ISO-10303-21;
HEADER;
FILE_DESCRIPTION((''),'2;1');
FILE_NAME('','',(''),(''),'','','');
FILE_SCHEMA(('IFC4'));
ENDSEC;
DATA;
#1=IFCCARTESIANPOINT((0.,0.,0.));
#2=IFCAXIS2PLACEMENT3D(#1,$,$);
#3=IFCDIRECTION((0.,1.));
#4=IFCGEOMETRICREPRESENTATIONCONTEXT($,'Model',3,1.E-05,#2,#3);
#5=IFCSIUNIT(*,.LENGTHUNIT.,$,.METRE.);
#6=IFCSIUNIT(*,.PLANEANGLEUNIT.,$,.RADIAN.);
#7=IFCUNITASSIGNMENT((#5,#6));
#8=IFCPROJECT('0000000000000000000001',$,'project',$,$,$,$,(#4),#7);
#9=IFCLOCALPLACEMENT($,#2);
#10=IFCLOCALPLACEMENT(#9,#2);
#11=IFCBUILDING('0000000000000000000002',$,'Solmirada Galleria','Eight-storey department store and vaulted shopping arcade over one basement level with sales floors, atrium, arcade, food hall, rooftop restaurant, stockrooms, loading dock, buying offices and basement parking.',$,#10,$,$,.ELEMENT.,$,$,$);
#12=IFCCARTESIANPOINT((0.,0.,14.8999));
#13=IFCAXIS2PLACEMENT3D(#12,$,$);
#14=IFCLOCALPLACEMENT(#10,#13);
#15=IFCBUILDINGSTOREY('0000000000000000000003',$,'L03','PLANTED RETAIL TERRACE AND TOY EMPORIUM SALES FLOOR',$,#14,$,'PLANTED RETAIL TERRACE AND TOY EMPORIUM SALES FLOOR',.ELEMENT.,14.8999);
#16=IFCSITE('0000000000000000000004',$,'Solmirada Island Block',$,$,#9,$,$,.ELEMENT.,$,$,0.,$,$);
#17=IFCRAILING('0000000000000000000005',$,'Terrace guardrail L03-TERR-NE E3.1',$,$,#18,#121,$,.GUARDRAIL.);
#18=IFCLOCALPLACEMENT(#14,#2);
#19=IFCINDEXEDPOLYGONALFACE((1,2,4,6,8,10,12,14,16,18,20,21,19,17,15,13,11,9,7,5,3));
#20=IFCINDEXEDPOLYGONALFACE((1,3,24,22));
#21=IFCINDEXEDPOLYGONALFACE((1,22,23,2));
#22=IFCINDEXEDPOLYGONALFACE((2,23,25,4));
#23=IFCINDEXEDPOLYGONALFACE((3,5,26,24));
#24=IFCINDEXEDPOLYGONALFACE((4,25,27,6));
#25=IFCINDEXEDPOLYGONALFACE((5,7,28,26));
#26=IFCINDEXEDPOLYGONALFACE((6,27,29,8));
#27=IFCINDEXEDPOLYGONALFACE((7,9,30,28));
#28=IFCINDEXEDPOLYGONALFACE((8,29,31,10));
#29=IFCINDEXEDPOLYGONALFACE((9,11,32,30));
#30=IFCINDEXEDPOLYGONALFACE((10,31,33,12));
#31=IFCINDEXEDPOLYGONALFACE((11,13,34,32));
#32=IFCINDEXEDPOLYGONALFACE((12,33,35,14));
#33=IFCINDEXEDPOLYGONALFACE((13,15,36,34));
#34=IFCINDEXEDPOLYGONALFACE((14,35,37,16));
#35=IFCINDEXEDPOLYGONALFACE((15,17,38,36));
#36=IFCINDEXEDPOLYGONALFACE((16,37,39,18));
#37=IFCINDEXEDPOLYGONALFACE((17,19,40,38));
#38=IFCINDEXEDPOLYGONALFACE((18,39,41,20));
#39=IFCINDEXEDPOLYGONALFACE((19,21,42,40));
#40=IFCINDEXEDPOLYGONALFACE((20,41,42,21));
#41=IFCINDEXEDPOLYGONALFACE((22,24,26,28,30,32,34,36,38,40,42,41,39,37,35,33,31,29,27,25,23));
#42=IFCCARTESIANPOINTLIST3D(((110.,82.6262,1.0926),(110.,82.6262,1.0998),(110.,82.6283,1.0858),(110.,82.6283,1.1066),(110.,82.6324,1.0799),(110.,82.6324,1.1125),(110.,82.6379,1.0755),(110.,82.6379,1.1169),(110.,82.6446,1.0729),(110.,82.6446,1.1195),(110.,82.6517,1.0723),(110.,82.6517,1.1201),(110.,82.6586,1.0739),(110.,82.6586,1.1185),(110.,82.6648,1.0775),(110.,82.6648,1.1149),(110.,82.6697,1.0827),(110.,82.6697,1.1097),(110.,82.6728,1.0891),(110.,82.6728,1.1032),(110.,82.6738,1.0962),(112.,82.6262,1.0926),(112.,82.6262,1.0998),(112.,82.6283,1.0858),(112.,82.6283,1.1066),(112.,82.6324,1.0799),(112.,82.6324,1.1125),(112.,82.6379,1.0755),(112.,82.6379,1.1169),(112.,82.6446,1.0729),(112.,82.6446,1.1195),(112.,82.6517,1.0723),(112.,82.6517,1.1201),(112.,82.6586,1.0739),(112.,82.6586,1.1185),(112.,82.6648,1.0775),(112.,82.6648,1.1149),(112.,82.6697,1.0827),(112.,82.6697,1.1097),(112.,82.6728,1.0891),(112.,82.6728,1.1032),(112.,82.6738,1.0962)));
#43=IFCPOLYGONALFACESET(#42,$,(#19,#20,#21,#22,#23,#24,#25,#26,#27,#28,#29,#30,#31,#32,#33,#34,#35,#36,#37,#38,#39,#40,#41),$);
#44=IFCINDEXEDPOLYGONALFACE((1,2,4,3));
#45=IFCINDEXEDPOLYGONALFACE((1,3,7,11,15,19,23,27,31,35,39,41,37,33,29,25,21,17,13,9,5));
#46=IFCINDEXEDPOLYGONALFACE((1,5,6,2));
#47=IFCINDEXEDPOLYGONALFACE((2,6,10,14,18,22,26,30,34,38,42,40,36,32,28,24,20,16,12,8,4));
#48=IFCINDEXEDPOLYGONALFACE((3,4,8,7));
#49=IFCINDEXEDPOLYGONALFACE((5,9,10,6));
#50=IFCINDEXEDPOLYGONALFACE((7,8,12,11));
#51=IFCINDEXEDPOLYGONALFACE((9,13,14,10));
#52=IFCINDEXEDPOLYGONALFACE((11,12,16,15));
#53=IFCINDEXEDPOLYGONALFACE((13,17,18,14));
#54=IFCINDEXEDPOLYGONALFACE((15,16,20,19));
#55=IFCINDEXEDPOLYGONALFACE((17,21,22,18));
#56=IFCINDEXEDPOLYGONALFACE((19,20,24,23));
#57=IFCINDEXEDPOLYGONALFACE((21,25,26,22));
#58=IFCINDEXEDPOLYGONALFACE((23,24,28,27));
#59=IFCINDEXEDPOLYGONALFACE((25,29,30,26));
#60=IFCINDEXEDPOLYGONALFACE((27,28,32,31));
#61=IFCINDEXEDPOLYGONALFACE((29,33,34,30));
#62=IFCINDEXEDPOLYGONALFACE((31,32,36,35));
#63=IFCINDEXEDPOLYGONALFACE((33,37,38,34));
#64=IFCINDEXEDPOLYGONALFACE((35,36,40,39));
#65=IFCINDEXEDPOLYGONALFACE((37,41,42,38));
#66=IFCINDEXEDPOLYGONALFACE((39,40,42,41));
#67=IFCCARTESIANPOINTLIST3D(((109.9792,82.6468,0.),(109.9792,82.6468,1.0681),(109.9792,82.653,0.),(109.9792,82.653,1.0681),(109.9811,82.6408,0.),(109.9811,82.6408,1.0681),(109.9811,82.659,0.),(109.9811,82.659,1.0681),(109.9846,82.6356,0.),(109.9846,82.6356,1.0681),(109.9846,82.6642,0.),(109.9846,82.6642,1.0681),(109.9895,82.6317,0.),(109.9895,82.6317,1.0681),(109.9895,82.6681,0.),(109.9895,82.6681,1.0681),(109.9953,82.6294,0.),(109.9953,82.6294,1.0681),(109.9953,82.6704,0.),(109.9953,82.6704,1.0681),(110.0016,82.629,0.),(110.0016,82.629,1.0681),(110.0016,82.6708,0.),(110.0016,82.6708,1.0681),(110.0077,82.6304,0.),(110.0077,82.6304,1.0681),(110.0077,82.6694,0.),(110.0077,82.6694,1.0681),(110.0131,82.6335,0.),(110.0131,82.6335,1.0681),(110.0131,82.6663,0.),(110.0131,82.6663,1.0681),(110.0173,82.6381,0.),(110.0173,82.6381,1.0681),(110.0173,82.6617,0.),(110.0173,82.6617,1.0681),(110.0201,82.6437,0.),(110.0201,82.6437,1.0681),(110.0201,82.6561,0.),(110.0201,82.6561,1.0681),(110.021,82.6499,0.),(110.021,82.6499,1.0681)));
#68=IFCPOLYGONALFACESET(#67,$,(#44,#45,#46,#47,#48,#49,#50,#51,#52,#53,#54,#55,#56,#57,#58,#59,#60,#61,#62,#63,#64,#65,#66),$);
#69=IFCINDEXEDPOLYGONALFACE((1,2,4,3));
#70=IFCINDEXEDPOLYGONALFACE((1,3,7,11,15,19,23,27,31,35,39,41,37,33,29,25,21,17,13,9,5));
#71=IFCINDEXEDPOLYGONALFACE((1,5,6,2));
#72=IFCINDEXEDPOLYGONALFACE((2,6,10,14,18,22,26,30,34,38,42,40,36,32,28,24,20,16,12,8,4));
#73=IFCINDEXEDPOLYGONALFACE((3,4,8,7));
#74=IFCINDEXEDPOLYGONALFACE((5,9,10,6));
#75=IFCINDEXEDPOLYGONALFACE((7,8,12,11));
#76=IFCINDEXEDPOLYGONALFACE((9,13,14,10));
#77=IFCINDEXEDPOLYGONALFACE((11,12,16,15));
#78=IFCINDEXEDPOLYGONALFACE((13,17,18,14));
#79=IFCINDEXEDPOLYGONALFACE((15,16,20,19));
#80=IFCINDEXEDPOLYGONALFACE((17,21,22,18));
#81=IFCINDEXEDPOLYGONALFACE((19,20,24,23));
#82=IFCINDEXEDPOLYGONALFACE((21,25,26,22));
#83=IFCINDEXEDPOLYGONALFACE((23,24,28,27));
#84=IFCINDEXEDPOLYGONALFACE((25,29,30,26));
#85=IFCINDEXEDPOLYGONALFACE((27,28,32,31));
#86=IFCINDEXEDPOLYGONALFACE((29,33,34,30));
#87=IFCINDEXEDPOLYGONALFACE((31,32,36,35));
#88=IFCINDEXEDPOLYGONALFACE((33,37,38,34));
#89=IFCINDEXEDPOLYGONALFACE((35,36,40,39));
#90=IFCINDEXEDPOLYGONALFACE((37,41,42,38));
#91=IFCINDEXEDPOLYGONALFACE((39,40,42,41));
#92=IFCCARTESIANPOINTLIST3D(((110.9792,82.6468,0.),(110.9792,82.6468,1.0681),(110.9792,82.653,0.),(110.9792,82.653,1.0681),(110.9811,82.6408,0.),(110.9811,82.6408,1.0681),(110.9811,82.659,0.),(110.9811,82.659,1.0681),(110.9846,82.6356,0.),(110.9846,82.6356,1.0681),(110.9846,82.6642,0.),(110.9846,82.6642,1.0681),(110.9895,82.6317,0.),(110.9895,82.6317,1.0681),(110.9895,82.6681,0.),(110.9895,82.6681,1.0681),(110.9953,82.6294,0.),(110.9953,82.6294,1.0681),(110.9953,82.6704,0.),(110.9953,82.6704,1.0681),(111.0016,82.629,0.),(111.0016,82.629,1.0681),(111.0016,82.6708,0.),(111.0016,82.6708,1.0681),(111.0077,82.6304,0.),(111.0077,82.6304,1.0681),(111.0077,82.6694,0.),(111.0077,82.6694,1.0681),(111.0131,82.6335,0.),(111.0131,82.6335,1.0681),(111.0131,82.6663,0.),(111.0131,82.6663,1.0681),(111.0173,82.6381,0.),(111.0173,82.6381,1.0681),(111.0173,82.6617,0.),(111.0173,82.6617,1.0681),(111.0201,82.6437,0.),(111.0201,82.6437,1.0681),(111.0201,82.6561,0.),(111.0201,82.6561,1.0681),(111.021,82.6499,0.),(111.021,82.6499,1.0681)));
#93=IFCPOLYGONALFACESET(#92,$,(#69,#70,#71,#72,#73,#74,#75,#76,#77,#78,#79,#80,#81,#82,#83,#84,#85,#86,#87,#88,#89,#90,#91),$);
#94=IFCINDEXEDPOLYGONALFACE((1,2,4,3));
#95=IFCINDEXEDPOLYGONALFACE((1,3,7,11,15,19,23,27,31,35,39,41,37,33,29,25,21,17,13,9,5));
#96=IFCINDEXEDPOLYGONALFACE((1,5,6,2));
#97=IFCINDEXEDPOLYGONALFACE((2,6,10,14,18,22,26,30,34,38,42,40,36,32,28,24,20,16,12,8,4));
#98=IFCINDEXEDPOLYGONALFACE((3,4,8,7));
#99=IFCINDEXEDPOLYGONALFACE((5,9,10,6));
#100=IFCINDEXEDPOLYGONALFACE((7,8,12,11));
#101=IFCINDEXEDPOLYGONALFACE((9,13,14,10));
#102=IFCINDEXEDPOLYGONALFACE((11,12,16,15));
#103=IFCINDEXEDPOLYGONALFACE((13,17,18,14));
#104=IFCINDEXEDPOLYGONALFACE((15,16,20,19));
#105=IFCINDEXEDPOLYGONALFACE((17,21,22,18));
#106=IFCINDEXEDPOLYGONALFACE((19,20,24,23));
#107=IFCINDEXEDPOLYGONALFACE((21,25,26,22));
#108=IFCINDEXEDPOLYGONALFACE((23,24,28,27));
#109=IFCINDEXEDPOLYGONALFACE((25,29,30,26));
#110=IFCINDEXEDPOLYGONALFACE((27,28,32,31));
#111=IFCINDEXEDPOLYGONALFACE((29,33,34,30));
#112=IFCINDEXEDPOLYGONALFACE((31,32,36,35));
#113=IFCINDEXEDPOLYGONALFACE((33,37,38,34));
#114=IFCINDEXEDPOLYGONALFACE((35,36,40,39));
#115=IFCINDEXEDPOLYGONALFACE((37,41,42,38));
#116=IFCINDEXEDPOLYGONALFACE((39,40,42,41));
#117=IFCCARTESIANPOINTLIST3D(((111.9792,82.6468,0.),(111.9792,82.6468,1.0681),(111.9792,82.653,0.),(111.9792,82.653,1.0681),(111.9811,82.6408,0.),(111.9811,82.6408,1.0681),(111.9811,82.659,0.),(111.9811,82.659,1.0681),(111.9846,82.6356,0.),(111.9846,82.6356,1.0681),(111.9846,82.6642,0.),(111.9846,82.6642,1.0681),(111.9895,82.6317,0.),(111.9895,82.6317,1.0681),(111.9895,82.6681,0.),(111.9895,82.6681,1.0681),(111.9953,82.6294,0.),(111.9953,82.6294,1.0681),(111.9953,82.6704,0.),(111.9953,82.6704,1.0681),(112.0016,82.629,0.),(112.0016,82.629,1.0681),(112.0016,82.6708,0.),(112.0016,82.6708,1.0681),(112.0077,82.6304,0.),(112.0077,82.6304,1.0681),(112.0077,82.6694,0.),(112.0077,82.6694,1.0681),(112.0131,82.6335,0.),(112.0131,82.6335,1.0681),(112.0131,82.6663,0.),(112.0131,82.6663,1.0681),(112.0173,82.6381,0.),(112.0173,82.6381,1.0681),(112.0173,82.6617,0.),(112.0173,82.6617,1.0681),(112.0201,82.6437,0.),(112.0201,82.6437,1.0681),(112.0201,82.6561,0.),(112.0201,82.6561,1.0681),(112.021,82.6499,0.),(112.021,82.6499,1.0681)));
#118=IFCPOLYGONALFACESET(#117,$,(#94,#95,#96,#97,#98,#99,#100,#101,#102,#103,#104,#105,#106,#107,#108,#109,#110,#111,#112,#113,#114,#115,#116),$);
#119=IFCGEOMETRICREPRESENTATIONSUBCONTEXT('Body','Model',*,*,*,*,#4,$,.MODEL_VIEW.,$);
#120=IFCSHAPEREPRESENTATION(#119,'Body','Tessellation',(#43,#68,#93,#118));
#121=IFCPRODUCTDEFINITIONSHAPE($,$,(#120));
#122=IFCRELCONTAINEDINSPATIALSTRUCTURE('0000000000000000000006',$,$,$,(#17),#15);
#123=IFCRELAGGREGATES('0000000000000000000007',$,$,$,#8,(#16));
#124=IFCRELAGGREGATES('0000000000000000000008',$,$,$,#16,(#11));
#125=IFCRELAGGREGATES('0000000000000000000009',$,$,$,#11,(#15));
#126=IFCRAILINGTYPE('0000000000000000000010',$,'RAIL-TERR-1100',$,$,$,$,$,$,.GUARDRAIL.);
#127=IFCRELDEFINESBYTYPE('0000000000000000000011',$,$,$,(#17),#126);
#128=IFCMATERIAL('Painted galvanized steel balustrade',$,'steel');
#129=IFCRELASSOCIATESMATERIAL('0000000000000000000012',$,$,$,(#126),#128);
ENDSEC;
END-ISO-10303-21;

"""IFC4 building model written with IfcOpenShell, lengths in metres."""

from ifc_helpers import new_model, si_unit, direction, frame, origin, origin_2d, place, context, subcontext, project, spatial, circle, extrude, material, type_object, element, save


model = new_model("IFC4")

# Units and contexts
model_context = context("Model", 3, precision=1e-05, world=origin(), true_north=direction((0.0, 1.0)))
body_context = subcontext(model_context, "Body", "Model", "MODEL_VIEW")
ifc_project = project(units=[si_unit("LENGTHUNIT", "METRE"), si_unit("PLANEANGLEUNIT", "RADIAN")], contexts=[model_context])

# Site, building, storey
site_placement = place(None, origin())
site = spatial("IfcSite", under=ifc_project, at=site_placement, Name="Solmirada Island Block", CompositionType="ELEMENT", RefElevation=0.0)
building_placement = place(site_placement, origin())
building = spatial("IfcBuilding", under=site, at=building_placement, Name="Solmirada Galleria", Description="Eight-storey department store and vaulted shopping arcade over one basement level with sales floors, atrium, arcade, food hall, rooftop restaurant, stockrooms, loading dock, buying offices and basement parking.", CompositionType="ELEMENT")
storey_placement = place(building_placement, frame((0.0, 0.0, 14.8999)))
storey = spatial("IfcBuildingStorey", under=building, at=storey_placement, Name="L03", Description="PLANTED RETAIL TERRACE AND TOY EMPORIUM SALES FLOOR", LongName="PLANTED RETAIL TERRACE AND TOY EMPORIUM SALES FLOOR", CompositionType="ELEMENT", Elevation=14.8999)

# Railing
ifc_material_1 = material(Name="Painted galvanized steel balustrade", Category="steel")
railing_type = type_object("IfcRailingType", Name="RAIL-TERR-1100", PredefinedType="GUARDRAIL", material=ifc_material_1)
railing_1_placement = place(storey_placement, frame((110.0, 82.6499, 0.0)))
element("IfcRailing", 1, at=railing_1_placement, inside=storey, type_object=railing_type, Name="Terrace guardrail L03-TERR-NE E3.1", PredefinedType="GUARDRAIL", context=body_context, shape_type="SweptSolid", body=[
    extrude(circle(Radius=0.0239, at=origin_2d()), frame((0.0, 0.0, 1.0962), z_axis=(1.0, 0.0, 0.0), x_axis=(0.0, 1.0, 0.0)), (0.0, 0.0, 1.0), 2.0),
    extrude(circle(Radius=0.021, at=origin_2d()), origin(), (0.0, 0.0, 1.0), 1.0681),
    extrude(circle(Radius=0.021, at=origin_2d()), frame((1.0, 0.0, 0.0)), (0.0, 0.0, 1.0), 1.0681),
    extrude(circle(Radius=0.021, at=origin_2d()), frame((2.0, 0.0, 0.0)), (0.0, 0.0, 1.0), 1.0681),
])

save(model, "model.ifc")
